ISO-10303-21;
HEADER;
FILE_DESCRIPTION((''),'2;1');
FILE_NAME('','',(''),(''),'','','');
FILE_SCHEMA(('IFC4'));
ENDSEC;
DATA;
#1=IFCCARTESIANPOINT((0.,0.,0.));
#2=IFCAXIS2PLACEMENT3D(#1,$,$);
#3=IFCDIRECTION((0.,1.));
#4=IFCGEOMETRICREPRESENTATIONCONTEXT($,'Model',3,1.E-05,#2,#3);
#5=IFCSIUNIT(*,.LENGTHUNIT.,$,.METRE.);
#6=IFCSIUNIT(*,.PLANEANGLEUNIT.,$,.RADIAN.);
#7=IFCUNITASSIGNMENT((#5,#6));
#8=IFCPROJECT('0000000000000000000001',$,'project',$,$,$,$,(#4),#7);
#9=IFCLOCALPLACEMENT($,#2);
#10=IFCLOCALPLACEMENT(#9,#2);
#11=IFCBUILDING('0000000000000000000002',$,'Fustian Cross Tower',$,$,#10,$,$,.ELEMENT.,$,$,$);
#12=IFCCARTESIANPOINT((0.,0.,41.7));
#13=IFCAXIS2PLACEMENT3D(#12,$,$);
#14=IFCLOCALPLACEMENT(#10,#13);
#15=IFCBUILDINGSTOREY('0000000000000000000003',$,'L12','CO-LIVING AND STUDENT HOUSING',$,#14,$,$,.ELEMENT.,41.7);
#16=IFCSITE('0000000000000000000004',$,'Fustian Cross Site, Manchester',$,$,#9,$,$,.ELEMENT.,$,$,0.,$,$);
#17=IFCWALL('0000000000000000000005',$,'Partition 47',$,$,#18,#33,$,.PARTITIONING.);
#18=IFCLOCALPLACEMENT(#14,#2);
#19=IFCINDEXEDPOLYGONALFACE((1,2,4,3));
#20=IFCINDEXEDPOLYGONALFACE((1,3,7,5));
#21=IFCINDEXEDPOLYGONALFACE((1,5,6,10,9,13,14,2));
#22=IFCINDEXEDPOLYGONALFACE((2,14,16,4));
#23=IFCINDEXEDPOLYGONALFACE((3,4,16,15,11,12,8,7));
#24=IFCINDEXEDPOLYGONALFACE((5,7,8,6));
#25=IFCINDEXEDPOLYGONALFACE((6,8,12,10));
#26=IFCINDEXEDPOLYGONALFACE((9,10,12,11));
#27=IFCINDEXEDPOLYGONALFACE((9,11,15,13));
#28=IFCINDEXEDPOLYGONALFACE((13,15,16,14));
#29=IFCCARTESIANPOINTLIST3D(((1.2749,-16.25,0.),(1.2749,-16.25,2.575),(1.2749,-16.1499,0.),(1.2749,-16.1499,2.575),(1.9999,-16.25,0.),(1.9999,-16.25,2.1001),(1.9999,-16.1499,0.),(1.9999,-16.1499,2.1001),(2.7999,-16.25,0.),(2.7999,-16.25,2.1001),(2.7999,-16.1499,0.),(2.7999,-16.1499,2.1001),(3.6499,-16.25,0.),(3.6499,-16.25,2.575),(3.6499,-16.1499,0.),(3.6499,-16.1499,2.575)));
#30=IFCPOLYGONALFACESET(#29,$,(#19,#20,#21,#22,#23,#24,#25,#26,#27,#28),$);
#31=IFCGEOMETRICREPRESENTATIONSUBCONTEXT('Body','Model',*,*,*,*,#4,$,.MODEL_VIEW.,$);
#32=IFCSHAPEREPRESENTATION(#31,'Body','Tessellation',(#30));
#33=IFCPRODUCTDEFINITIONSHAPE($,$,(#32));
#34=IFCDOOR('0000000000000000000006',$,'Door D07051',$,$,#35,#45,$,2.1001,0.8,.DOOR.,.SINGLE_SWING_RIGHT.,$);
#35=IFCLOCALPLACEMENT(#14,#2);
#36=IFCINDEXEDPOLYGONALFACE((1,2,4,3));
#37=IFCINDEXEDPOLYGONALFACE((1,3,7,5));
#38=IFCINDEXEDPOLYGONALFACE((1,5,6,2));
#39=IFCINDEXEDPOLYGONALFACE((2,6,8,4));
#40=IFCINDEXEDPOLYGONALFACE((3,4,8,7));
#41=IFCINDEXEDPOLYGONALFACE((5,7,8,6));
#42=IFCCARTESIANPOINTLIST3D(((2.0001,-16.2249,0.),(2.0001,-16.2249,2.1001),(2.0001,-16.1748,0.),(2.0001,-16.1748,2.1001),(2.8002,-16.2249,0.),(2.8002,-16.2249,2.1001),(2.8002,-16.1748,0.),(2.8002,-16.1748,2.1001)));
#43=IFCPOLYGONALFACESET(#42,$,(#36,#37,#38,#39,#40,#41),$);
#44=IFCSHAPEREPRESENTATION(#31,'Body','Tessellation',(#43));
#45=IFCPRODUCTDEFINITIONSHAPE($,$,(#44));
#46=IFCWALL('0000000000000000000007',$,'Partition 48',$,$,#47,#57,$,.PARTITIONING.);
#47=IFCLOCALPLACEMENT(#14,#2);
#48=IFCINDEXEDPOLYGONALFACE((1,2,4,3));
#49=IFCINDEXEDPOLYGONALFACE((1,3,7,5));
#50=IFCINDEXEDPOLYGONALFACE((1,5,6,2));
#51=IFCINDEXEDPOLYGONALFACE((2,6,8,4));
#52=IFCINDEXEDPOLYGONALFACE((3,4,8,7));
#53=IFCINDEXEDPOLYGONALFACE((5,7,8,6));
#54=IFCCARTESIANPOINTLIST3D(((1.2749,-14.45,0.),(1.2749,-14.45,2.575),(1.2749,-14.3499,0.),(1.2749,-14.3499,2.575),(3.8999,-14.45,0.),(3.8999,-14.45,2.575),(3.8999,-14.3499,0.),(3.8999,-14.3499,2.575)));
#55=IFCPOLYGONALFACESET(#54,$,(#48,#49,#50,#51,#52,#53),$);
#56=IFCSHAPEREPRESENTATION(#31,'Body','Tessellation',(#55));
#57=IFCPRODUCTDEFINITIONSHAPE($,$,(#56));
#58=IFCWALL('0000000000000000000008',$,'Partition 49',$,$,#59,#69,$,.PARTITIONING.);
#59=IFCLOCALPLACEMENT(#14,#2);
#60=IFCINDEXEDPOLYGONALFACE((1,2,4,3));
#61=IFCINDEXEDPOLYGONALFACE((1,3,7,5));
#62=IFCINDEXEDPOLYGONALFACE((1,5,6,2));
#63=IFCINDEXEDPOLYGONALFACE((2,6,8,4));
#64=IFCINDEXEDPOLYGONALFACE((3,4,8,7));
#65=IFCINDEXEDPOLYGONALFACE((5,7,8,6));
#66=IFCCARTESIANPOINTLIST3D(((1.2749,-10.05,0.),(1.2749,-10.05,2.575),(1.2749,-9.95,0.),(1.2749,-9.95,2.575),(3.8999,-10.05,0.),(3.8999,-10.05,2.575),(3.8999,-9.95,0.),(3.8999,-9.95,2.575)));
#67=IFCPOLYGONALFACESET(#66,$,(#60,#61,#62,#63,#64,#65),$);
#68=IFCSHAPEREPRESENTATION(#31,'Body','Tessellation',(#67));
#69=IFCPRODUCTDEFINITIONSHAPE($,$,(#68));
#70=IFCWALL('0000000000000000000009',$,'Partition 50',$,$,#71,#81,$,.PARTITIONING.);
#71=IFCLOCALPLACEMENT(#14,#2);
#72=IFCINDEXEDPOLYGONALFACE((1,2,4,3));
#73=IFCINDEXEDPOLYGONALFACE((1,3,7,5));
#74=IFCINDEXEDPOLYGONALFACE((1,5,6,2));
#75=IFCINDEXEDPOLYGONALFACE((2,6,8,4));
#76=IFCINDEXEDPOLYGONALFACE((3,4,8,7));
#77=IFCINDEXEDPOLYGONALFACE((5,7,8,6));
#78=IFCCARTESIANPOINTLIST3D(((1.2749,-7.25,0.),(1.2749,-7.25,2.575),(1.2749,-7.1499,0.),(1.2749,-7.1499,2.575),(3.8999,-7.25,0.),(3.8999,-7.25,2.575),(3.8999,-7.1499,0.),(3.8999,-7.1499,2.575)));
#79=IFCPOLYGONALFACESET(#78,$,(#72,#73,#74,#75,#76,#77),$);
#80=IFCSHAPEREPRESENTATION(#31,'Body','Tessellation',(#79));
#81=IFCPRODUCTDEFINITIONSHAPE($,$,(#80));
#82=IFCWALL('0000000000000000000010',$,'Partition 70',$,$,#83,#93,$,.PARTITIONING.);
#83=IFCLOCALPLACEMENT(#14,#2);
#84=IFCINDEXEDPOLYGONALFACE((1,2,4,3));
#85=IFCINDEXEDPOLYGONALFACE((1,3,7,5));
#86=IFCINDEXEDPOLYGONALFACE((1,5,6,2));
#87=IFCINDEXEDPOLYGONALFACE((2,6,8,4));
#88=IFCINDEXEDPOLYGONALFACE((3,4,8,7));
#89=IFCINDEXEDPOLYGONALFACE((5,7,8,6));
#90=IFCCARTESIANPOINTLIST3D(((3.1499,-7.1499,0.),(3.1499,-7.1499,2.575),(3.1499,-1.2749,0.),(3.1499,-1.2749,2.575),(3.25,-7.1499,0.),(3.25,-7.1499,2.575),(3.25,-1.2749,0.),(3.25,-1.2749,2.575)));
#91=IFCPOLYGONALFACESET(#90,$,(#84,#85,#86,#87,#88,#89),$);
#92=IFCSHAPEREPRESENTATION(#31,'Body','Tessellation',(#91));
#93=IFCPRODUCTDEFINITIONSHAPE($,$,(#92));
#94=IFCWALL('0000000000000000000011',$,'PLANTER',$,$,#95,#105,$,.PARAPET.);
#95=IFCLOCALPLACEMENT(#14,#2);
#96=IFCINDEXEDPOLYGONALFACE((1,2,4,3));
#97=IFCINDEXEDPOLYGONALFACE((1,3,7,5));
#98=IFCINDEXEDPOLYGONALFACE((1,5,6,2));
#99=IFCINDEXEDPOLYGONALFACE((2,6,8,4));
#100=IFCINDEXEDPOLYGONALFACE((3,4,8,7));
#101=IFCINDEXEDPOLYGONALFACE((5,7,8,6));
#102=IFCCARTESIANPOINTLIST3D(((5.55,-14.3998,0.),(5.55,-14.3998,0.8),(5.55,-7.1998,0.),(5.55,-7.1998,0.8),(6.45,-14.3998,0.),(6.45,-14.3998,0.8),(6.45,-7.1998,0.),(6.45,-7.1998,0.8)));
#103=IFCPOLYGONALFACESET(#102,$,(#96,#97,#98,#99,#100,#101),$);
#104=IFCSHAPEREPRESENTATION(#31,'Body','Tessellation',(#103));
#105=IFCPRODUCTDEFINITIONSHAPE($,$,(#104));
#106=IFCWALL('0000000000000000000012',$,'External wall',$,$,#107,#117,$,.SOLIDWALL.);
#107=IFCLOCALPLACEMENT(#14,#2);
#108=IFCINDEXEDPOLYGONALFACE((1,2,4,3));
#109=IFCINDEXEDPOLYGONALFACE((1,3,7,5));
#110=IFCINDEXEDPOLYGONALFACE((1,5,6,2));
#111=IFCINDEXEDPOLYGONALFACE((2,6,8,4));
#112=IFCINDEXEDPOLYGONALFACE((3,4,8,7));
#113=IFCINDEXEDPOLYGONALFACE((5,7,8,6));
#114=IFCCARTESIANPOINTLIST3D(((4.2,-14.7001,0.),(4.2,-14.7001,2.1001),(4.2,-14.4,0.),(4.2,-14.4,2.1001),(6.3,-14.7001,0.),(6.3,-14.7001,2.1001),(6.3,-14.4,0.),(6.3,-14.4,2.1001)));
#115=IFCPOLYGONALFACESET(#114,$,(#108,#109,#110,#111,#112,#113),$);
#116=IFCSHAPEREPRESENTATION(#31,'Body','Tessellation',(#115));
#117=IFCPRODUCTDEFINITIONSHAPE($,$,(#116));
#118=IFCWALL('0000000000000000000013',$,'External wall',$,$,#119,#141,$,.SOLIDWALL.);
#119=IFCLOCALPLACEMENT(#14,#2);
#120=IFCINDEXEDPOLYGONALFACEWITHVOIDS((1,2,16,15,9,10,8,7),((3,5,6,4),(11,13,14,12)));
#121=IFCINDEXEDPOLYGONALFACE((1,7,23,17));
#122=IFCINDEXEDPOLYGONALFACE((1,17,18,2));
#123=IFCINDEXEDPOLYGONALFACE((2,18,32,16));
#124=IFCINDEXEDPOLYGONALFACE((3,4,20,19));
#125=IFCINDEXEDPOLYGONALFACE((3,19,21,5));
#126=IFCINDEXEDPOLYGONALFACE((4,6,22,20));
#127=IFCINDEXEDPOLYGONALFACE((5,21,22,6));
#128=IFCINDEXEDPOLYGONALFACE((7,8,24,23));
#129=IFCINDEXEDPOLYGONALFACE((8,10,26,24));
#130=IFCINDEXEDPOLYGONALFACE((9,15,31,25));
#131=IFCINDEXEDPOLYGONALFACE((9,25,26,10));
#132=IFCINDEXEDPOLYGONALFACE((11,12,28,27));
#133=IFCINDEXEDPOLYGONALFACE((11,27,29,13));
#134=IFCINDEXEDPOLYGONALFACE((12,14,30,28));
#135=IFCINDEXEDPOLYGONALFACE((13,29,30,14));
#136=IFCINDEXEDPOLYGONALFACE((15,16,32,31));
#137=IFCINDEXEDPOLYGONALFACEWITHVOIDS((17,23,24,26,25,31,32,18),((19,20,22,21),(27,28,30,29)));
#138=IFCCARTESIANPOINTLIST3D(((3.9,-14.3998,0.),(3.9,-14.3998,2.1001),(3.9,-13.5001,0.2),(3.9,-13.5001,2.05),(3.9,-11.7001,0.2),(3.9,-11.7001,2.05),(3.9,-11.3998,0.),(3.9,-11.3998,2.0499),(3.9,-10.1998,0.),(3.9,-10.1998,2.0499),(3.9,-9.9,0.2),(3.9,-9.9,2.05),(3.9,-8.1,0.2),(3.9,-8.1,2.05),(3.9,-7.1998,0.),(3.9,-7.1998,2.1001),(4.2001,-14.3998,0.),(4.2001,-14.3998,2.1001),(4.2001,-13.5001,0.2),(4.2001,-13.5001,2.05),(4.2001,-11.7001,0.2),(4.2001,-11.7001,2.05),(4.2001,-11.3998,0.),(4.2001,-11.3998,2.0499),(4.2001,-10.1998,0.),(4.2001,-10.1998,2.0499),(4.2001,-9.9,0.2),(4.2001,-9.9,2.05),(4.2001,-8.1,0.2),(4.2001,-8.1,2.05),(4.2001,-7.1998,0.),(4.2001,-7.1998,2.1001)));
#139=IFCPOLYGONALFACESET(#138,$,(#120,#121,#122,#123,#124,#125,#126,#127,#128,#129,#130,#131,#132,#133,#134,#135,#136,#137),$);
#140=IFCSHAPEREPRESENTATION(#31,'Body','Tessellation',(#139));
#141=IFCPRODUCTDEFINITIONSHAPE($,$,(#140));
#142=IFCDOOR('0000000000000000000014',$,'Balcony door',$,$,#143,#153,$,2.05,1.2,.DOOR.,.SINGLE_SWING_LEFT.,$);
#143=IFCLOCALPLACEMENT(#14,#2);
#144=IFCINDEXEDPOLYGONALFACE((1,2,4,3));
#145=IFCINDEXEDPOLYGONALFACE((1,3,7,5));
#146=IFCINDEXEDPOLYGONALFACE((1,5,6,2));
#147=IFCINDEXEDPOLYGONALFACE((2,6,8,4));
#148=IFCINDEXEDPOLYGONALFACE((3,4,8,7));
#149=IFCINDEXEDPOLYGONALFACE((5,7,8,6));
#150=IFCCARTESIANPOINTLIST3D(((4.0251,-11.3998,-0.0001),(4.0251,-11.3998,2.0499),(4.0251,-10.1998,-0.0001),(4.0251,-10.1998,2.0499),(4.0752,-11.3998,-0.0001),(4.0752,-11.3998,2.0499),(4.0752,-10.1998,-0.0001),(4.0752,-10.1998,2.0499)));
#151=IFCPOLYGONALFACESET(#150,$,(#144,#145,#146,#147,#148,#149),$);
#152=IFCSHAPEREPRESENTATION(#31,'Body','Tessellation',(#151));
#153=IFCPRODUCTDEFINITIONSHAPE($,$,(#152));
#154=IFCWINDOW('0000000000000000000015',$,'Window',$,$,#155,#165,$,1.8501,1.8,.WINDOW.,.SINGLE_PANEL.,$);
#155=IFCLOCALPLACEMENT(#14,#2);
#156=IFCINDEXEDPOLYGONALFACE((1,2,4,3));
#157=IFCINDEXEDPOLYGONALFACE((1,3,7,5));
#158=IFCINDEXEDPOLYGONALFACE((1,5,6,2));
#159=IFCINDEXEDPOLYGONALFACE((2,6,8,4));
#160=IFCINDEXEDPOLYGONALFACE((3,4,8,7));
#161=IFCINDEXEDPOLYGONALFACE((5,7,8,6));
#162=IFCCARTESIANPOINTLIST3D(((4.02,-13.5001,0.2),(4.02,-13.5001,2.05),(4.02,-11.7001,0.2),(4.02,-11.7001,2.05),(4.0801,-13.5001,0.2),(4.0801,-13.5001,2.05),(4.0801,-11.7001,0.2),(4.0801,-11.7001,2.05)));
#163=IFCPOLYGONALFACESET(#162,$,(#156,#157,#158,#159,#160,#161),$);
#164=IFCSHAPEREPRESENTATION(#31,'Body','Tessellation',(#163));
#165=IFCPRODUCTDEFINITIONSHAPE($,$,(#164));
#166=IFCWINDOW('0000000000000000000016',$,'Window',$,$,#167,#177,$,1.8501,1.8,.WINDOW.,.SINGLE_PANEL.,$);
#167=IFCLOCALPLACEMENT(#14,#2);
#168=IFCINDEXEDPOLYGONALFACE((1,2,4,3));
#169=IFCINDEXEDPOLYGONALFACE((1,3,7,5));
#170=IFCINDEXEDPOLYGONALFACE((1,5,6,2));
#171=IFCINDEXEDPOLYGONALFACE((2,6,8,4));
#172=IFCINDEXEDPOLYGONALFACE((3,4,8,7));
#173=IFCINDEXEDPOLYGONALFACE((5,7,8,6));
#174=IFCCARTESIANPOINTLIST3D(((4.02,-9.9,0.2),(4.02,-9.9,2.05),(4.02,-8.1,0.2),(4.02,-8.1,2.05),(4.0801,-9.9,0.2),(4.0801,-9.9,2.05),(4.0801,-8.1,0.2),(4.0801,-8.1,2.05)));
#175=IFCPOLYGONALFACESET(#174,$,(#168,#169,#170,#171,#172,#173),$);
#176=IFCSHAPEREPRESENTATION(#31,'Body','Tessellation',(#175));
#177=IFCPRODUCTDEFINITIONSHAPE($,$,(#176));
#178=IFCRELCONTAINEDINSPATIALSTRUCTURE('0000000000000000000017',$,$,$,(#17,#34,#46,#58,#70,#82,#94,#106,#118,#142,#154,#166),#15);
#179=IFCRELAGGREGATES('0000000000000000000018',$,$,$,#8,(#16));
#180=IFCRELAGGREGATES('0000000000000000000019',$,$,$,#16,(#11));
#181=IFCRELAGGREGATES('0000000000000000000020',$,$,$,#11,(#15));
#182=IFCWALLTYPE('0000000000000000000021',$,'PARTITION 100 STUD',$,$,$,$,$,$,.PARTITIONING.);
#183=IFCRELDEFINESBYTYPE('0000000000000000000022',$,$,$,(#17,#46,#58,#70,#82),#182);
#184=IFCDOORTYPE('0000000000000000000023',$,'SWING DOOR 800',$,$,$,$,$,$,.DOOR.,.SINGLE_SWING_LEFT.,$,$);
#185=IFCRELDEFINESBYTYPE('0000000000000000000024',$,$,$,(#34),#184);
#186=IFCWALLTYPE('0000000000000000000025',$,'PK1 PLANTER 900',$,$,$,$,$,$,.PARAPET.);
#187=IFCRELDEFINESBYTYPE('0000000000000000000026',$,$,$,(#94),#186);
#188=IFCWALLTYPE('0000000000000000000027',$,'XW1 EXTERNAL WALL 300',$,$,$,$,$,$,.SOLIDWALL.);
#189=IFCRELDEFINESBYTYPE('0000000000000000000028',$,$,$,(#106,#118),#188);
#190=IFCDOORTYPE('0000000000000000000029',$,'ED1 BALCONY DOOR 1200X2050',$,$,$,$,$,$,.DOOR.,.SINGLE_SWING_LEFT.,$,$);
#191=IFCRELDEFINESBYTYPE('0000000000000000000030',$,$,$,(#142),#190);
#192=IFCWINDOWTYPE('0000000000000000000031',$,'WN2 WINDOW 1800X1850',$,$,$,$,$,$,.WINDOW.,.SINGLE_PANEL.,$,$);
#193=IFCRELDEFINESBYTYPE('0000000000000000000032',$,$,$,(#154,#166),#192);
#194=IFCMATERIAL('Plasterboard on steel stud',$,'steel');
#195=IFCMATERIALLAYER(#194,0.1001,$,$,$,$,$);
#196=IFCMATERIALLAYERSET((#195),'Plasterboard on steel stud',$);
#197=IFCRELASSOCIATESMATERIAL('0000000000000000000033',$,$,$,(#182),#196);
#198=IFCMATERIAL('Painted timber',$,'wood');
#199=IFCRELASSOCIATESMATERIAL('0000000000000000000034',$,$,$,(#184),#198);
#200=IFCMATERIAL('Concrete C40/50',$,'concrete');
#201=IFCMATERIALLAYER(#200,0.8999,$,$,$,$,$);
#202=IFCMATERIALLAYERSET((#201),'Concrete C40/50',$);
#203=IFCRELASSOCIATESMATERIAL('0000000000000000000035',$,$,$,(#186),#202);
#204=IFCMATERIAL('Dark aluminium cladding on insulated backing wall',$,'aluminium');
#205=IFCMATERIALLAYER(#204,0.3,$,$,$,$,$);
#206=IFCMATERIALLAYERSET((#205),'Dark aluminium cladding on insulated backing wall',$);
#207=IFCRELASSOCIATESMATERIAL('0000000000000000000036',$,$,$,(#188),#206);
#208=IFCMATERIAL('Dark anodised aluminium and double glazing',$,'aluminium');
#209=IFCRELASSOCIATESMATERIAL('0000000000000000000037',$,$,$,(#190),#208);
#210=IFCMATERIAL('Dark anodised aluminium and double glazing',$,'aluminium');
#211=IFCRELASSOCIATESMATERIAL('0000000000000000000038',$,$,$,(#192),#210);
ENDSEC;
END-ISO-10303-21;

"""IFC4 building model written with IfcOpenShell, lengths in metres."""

from ifc_helpers import new_model, si_unit, direction, frame, frame_2d, origin, place, context, subcontext, project, spatial, rectangle, extrude, material, layer, layer_set, type_object, element, fill, save


model = new_model("IFC4")

# Units and contexts
model_context = context("Model", 3, precision=1e-05, world=origin(), true_north=direction((0.0, 1.0)))
body_context = subcontext(model_context, "Body", "Model", "MODEL_VIEW")
ifc_project = project(units=[si_unit("LENGTHUNIT", "METRE"), si_unit("PLANEANGLEUNIT", "RADIAN")], contexts=[model_context])

# Site, building, storey
site_placement = place(None, origin())
site = spatial("IfcSite", under=ifc_project, at=site_placement, Name="Fustian Cross Site, Manchester", CompositionType="ELEMENT", RefElevation=0.0)
building_placement = place(site_placement, origin())
building = spatial("IfcBuilding", under=site, at=building_placement, Name="Fustian Cross Tower", CompositionType="ELEMENT")
storey_placement = place(building_placement, frame((0.0, 0.0, 41.7)))
storey = spatial("IfcBuildingStorey", under=building, at=storey_placement, Name="L12", Description="CO-LIVING AND STUDENT HOUSING", CompositionType="ELEMENT", Elevation=41.7)

# Wall, opening, door
ifc_material_1 = material(Name="Plasterboard on steel stud", Category="steel")
ifc_layer_1 = layer(ifc_material_1, 0.1001)
ifc_layer_set_1 = layer_set([ifc_layer_1], Name="Plasterboard on steel stud")
wall_type_1 = type_object("IfcWallType", Name="PARTITION 100 STUD", PredefinedType="PARTITIONING", material=ifc_layer_set_1)
wall_1_placement = place(storey_placement, frame((1.2749, -16.2, 0.0), z_axis=(0.0, 0.0, 1.0), x_axis=(1.0, 0.0, 0.0)))
wall_1 = element("IfcWall", 1, at=wall_1_placement, inside=storey, type_object=wall_type_1, Name="Partition 47", PredefinedType="PARTITIONING", context=body_context, shape_type="SweptSolid", body=[
    extrude(rectangle(XDim=2.375, YDim=0.1001, at=frame_2d((1.1875, 0.0))), origin(), (0.0, 0.0, 1.0), 2.575),
])
opening_1_placement = place(wall_1_placement, frame((0.7251, 0.0, 0.0)))
opening_1 = element("IfcOpeningElement", 2, at=opening_1_placement, cuts=wall_1, PredefinedType="OPENING", context=body_context, shape_type="SweptSolid", body=[
    extrude(rectangle(XDim=0.8, YDim=2.1001, at=frame_2d((0.3999, 1.05))), frame((0.0, 0.0601, 0.0), z_axis=(0.0, -1.0, 0.0), x_axis=(1.0, 0.0, 0.0)), (0.0, 0.0, 1.0), 0.1201),
])
ifc_material_2 = material(Name="Painted timber", Category="wood")
door_type_1 = type_object("IfcDoorType", Name="SWING DOOR 800", OperationType="SINGLE_SWING_LEFT", PredefinedType="DOOR", material=ifc_material_2)
door_1_placement = place(opening_1_placement, frame((0.8, 0.0, 0.0), z_axis=(0.0, 0.0, 1.0), x_axis=(-1.0, 0.0, 0.0)))
door_1 = element("IfcDoor", 3, at=door_1_placement, inside=storey, type_object=door_type_1, Name="Door D07051", OperationType="SINGLE_SWING_RIGHT", OverallHeight=2.1001, OverallWidth=0.8, PredefinedType="DOOR", context=body_context, shape_type="SweptSolid", body=[
    extrude(rectangle(XDim=0.8, YDim=2.1001, at=frame_2d((0.3999, 1.05))), frame((0.0, 0.0249, 0.0), z_axis=(0.0, -1.0, 0.0), x_axis=(1.0, 0.0, 0.0)), (0.0, 0.0, 1.0), 0.05),
])
fill(opening_1, door_1)

# Walls
for number, where, z_axis, x_axis, name in (
    (4, (1.2749, -14.3999, 0.0), (0.0, 0.0, 1.0), (1.0, 0.0, 0.0), "Partition 48"),
    (5, (1.2749, -10.0, 0.0), (0.0, 0.0, 1.0), (1.0, 0.0, 0.0), "Partition 49"),
    (6, (1.2749, -7.2, 0.0), (0.0, 0.0, 1.0), (1.0, 0.0, 0.0), "Partition 50"),
):
    element("IfcWall", number, at=place(storey_placement, frame(where, z_axis=z_axis, x_axis=x_axis)), inside=storey, type_object=wall_type_1, Name=name, PredefinedType="PARTITIONING", context=body_context, shape_type="SweptSolid", body=[
        extrude(rectangle(XDim=2.625, YDim=0.1001, at=frame_2d((1.3125, 0.0))), origin(), (0.0, 0.0, 1.0), 2.575),
    ])
wall_2_placement = place(storey_placement, frame((3.2, -7.1499, 0.0), z_axis=(0.0, 0.0, 1.0), x_axis=(0.0, 1.0, 0.0)))
element("IfcWall", 7, at=wall_2_placement, inside=storey, type_object=wall_type_1, Name="Partition 70", PredefinedType="PARTITIONING", context=body_context, shape_type="SweptSolid", body=[
    extrude(rectangle(XDim=5.875, YDim=0.1001, at=frame_2d((2.9375, 0.0))), origin(), (0.0, 0.0, 1.0), 2.575),
])
ifc_material_3 = material(Name="Concrete C40/50", Category="concrete")
ifc_layer_2 = layer(ifc_material_3, 0.8999)
ifc_layer_set_2 = layer_set([ifc_layer_2], Name="Concrete C40/50")
wall_type_2 = type_object("IfcWallType", Name="PK1 PLANTER 900", PredefinedType="PARAPET", material=ifc_layer_set_2)
wall_3_placement = place(storey_placement, frame((6.0, -14.3999, 0.0), z_axis=(0.0, 0.0, 1.0), x_axis=(0.0, 1.0, 0.0)))
element("IfcWall", 8, at=wall_3_placement, inside=storey, type_object=wall_type_2, Name="PLANTER", PredefinedType="PARAPET", context=body_context, shape_type="SweptSolid", body=[
    extrude(rectangle(XDim=7.2, YDim=0.8999, at=frame_2d((3.6001, 0.0))), origin(), (0.0, 0.0, 1.0), 0.8),
])
ifc_material_4 = material(Name="Dark aluminium cladding on insulated backing wall", Category="aluminium")
ifc_layer_3 = layer(ifc_material_4, 0.3)
ifc_layer_set_3 = layer_set([ifc_layer_3], Name="Dark aluminium cladding on insulated backing wall")
wall_type_3 = type_object("IfcWallType", Name="XW1 EXTERNAL WALL 300", PredefinedType="SOLIDWALL", material=ifc_layer_set_3)
wall_4_placement = place(storey_placement, frame((6.3, -14.55, 0.0), z_axis=(0.0, 0.0, 1.0), x_axis=(-1.0, 0.0, 0.0)))
element("IfcWall", 9, at=wall_4_placement, inside=storey, type_object=wall_type_3, Name="External wall", PredefinedType="SOLIDWALL", context=body_context, shape_type="SweptSolid", body=[
    extrude(rectangle(XDim=2.1001, YDim=0.3, at=frame_2d((1.05, 0.0))), origin(), (0.0, 0.0, 1.0), 2.1001),
])

# Wall, openings, door, windows
wall_5_placement = place(storey_placement, frame((4.05, -14.3999, 0.0), z_axis=(0.0, 0.0, 1.0), x_axis=(0.0, 1.0, 0.0)))
wall_5 = element("IfcWall", 10, at=wall_5_placement, inside=storey, type_object=wall_type_3, Name="External wall", PredefinedType="SOLIDWALL", context=body_context, shape_type="SweptSolid", body=[
    extrude(rectangle(XDim=7.2, YDim=0.3, at=frame_2d((3.6001, 0.0))), origin(), (0.0, 0.0, 1.0), 2.1001),
])
opening_2_placement = place(wall_5_placement, frame((3.0, 0.0, 0.0)))
opening_2 = element("IfcOpeningElement", 11, at=opening_2_placement, cuts=wall_5, PredefinedType="OPENING", context=body_context, shape_type="SweptSolid", body=[
    extrude(rectangle(XDim=1.2, YDim=2.05, at=frame_2d((0.6001, 1.0249))), frame((0.0, 0.1599, 0.0), z_axis=(0.0, -1.0, 0.0), x_axis=(1.0, 0.0, 0.0)), (0.0, 0.0, 1.0), 0.3201),
])
opening_3_placement = place(wall_5_placement, frame((0.8999, 0.0, 0.2)))
opening_3 = element("IfcOpeningElement", 12, at=opening_3_placement, cuts=wall_5, PredefinedType="OPENING", context=body_context, shape_type="SweptSolid", body=[
    extrude(rectangle(XDim=1.8, YDim=1.8501, at=frame_2d((0.8999, 0.925))), frame((0.0, 0.1599, 0.0), z_axis=(0.0, -1.0, 0.0), x_axis=(1.0, 0.0, 0.0)), (0.0, 0.0, 1.0), 0.3201),
])
opening_4_placement = place(wall_5_placement, frame((4.5, 0.0, 0.2)))
opening_4 = element("IfcOpeningElement", 13, at=opening_4_placement, cuts=wall_5, PredefinedType="OPENING", context=body_context, shape_type="SweptSolid", body=[
    extrude(rectangle(XDim=1.8, YDim=1.8501, at=frame_2d((0.8999, 0.925))), frame((0.0, 0.1599, 0.0), z_axis=(0.0, -1.0, 0.0), x_axis=(1.0, 0.0, 0.0)), (0.0, 0.0, 1.0), 0.3201),
])
ifc_material_5 = material(Name="Dark anodised aluminium and double glazing", Category="aluminium")
door_type_2 = type_object("IfcDoorType", Name="ED1 BALCONY DOOR 1200X2050", OperationType="SINGLE_SWING_LEFT", PredefinedType="DOOR", material=ifc_material_5)
door_2_placement = place(opening_2_placement, origin())
door_2 = element("IfcDoor", 14, at=door_2_placement, inside=storey, type_object=door_type_2, Name="Balcony door", OperationType="SINGLE_SWING_LEFT", OverallHeight=2.05, OverallWidth=1.2, PredefinedType="DOOR", context=body_context, shape_type="SweptSolid", body=[
    extrude(rectangle(XDim=1.2, YDim=2.05, at=frame_2d((0.6001, 1.0249))), frame((0.0, 0.0249, 0.0), z_axis=(0.0, -1.0, 0.0), x_axis=(1.0, 0.0, 0.0)), (0.0, 0.0, 1.0), 0.05),
])
fill(opening_2, door_2)
ifc_material_6 = material(Name="Dark anodised aluminium and double glazing", Category="aluminium")
window_type = type_object("IfcWindowType", Name="WN2 WINDOW 1800X1850", PartitioningType="SINGLE_PANEL", PredefinedType="WINDOW", material=ifc_material_6)
window_1_placement = place(opening_3_placement, origin())
window_1 = element("IfcWindow", 15, at=window_1_placement, inside=storey, type_object=window_type, Name="Window", OverallHeight=1.8501, OverallWidth=1.8, PartitioningType="SINGLE_PANEL", PredefinedType="WINDOW", context=body_context, shape_type="SweptSolid", body=[
    extrude(rectangle(XDim=1.8, YDim=1.8501, at=frame_2d((0.8999, 0.925))), frame((0.0, 0.03, 0.0), z_axis=(0.0, -1.0, 0.0), x_axis=(1.0, 0.0, 0.0)), (0.0, 0.0, 1.0), 0.0601),
])
fill(opening_3, window_1)
window_2_placement = place(opening_4_placement, origin())
window_2 = element("IfcWindow", 16, at=window_2_placement, inside=storey, type_object=window_type, Name="Window", OverallHeight=1.8501, OverallWidth=1.8, PartitioningType="SINGLE_PANEL", PredefinedType="WINDOW", context=body_context, shape_type="SweptSolid", body=[
    extrude(rectangle(XDim=1.8, YDim=1.8501, at=frame_2d((0.8999, 0.925))), frame((0.0, 0.03, 0.0), z_axis=(0.0, -1.0, 0.0), x_axis=(1.0, 0.0, 0.0)), (0.0, 0.0, 1.0), 0.0601),
])
fill(opening_4, window_2)

save(model, "model.ifc")
